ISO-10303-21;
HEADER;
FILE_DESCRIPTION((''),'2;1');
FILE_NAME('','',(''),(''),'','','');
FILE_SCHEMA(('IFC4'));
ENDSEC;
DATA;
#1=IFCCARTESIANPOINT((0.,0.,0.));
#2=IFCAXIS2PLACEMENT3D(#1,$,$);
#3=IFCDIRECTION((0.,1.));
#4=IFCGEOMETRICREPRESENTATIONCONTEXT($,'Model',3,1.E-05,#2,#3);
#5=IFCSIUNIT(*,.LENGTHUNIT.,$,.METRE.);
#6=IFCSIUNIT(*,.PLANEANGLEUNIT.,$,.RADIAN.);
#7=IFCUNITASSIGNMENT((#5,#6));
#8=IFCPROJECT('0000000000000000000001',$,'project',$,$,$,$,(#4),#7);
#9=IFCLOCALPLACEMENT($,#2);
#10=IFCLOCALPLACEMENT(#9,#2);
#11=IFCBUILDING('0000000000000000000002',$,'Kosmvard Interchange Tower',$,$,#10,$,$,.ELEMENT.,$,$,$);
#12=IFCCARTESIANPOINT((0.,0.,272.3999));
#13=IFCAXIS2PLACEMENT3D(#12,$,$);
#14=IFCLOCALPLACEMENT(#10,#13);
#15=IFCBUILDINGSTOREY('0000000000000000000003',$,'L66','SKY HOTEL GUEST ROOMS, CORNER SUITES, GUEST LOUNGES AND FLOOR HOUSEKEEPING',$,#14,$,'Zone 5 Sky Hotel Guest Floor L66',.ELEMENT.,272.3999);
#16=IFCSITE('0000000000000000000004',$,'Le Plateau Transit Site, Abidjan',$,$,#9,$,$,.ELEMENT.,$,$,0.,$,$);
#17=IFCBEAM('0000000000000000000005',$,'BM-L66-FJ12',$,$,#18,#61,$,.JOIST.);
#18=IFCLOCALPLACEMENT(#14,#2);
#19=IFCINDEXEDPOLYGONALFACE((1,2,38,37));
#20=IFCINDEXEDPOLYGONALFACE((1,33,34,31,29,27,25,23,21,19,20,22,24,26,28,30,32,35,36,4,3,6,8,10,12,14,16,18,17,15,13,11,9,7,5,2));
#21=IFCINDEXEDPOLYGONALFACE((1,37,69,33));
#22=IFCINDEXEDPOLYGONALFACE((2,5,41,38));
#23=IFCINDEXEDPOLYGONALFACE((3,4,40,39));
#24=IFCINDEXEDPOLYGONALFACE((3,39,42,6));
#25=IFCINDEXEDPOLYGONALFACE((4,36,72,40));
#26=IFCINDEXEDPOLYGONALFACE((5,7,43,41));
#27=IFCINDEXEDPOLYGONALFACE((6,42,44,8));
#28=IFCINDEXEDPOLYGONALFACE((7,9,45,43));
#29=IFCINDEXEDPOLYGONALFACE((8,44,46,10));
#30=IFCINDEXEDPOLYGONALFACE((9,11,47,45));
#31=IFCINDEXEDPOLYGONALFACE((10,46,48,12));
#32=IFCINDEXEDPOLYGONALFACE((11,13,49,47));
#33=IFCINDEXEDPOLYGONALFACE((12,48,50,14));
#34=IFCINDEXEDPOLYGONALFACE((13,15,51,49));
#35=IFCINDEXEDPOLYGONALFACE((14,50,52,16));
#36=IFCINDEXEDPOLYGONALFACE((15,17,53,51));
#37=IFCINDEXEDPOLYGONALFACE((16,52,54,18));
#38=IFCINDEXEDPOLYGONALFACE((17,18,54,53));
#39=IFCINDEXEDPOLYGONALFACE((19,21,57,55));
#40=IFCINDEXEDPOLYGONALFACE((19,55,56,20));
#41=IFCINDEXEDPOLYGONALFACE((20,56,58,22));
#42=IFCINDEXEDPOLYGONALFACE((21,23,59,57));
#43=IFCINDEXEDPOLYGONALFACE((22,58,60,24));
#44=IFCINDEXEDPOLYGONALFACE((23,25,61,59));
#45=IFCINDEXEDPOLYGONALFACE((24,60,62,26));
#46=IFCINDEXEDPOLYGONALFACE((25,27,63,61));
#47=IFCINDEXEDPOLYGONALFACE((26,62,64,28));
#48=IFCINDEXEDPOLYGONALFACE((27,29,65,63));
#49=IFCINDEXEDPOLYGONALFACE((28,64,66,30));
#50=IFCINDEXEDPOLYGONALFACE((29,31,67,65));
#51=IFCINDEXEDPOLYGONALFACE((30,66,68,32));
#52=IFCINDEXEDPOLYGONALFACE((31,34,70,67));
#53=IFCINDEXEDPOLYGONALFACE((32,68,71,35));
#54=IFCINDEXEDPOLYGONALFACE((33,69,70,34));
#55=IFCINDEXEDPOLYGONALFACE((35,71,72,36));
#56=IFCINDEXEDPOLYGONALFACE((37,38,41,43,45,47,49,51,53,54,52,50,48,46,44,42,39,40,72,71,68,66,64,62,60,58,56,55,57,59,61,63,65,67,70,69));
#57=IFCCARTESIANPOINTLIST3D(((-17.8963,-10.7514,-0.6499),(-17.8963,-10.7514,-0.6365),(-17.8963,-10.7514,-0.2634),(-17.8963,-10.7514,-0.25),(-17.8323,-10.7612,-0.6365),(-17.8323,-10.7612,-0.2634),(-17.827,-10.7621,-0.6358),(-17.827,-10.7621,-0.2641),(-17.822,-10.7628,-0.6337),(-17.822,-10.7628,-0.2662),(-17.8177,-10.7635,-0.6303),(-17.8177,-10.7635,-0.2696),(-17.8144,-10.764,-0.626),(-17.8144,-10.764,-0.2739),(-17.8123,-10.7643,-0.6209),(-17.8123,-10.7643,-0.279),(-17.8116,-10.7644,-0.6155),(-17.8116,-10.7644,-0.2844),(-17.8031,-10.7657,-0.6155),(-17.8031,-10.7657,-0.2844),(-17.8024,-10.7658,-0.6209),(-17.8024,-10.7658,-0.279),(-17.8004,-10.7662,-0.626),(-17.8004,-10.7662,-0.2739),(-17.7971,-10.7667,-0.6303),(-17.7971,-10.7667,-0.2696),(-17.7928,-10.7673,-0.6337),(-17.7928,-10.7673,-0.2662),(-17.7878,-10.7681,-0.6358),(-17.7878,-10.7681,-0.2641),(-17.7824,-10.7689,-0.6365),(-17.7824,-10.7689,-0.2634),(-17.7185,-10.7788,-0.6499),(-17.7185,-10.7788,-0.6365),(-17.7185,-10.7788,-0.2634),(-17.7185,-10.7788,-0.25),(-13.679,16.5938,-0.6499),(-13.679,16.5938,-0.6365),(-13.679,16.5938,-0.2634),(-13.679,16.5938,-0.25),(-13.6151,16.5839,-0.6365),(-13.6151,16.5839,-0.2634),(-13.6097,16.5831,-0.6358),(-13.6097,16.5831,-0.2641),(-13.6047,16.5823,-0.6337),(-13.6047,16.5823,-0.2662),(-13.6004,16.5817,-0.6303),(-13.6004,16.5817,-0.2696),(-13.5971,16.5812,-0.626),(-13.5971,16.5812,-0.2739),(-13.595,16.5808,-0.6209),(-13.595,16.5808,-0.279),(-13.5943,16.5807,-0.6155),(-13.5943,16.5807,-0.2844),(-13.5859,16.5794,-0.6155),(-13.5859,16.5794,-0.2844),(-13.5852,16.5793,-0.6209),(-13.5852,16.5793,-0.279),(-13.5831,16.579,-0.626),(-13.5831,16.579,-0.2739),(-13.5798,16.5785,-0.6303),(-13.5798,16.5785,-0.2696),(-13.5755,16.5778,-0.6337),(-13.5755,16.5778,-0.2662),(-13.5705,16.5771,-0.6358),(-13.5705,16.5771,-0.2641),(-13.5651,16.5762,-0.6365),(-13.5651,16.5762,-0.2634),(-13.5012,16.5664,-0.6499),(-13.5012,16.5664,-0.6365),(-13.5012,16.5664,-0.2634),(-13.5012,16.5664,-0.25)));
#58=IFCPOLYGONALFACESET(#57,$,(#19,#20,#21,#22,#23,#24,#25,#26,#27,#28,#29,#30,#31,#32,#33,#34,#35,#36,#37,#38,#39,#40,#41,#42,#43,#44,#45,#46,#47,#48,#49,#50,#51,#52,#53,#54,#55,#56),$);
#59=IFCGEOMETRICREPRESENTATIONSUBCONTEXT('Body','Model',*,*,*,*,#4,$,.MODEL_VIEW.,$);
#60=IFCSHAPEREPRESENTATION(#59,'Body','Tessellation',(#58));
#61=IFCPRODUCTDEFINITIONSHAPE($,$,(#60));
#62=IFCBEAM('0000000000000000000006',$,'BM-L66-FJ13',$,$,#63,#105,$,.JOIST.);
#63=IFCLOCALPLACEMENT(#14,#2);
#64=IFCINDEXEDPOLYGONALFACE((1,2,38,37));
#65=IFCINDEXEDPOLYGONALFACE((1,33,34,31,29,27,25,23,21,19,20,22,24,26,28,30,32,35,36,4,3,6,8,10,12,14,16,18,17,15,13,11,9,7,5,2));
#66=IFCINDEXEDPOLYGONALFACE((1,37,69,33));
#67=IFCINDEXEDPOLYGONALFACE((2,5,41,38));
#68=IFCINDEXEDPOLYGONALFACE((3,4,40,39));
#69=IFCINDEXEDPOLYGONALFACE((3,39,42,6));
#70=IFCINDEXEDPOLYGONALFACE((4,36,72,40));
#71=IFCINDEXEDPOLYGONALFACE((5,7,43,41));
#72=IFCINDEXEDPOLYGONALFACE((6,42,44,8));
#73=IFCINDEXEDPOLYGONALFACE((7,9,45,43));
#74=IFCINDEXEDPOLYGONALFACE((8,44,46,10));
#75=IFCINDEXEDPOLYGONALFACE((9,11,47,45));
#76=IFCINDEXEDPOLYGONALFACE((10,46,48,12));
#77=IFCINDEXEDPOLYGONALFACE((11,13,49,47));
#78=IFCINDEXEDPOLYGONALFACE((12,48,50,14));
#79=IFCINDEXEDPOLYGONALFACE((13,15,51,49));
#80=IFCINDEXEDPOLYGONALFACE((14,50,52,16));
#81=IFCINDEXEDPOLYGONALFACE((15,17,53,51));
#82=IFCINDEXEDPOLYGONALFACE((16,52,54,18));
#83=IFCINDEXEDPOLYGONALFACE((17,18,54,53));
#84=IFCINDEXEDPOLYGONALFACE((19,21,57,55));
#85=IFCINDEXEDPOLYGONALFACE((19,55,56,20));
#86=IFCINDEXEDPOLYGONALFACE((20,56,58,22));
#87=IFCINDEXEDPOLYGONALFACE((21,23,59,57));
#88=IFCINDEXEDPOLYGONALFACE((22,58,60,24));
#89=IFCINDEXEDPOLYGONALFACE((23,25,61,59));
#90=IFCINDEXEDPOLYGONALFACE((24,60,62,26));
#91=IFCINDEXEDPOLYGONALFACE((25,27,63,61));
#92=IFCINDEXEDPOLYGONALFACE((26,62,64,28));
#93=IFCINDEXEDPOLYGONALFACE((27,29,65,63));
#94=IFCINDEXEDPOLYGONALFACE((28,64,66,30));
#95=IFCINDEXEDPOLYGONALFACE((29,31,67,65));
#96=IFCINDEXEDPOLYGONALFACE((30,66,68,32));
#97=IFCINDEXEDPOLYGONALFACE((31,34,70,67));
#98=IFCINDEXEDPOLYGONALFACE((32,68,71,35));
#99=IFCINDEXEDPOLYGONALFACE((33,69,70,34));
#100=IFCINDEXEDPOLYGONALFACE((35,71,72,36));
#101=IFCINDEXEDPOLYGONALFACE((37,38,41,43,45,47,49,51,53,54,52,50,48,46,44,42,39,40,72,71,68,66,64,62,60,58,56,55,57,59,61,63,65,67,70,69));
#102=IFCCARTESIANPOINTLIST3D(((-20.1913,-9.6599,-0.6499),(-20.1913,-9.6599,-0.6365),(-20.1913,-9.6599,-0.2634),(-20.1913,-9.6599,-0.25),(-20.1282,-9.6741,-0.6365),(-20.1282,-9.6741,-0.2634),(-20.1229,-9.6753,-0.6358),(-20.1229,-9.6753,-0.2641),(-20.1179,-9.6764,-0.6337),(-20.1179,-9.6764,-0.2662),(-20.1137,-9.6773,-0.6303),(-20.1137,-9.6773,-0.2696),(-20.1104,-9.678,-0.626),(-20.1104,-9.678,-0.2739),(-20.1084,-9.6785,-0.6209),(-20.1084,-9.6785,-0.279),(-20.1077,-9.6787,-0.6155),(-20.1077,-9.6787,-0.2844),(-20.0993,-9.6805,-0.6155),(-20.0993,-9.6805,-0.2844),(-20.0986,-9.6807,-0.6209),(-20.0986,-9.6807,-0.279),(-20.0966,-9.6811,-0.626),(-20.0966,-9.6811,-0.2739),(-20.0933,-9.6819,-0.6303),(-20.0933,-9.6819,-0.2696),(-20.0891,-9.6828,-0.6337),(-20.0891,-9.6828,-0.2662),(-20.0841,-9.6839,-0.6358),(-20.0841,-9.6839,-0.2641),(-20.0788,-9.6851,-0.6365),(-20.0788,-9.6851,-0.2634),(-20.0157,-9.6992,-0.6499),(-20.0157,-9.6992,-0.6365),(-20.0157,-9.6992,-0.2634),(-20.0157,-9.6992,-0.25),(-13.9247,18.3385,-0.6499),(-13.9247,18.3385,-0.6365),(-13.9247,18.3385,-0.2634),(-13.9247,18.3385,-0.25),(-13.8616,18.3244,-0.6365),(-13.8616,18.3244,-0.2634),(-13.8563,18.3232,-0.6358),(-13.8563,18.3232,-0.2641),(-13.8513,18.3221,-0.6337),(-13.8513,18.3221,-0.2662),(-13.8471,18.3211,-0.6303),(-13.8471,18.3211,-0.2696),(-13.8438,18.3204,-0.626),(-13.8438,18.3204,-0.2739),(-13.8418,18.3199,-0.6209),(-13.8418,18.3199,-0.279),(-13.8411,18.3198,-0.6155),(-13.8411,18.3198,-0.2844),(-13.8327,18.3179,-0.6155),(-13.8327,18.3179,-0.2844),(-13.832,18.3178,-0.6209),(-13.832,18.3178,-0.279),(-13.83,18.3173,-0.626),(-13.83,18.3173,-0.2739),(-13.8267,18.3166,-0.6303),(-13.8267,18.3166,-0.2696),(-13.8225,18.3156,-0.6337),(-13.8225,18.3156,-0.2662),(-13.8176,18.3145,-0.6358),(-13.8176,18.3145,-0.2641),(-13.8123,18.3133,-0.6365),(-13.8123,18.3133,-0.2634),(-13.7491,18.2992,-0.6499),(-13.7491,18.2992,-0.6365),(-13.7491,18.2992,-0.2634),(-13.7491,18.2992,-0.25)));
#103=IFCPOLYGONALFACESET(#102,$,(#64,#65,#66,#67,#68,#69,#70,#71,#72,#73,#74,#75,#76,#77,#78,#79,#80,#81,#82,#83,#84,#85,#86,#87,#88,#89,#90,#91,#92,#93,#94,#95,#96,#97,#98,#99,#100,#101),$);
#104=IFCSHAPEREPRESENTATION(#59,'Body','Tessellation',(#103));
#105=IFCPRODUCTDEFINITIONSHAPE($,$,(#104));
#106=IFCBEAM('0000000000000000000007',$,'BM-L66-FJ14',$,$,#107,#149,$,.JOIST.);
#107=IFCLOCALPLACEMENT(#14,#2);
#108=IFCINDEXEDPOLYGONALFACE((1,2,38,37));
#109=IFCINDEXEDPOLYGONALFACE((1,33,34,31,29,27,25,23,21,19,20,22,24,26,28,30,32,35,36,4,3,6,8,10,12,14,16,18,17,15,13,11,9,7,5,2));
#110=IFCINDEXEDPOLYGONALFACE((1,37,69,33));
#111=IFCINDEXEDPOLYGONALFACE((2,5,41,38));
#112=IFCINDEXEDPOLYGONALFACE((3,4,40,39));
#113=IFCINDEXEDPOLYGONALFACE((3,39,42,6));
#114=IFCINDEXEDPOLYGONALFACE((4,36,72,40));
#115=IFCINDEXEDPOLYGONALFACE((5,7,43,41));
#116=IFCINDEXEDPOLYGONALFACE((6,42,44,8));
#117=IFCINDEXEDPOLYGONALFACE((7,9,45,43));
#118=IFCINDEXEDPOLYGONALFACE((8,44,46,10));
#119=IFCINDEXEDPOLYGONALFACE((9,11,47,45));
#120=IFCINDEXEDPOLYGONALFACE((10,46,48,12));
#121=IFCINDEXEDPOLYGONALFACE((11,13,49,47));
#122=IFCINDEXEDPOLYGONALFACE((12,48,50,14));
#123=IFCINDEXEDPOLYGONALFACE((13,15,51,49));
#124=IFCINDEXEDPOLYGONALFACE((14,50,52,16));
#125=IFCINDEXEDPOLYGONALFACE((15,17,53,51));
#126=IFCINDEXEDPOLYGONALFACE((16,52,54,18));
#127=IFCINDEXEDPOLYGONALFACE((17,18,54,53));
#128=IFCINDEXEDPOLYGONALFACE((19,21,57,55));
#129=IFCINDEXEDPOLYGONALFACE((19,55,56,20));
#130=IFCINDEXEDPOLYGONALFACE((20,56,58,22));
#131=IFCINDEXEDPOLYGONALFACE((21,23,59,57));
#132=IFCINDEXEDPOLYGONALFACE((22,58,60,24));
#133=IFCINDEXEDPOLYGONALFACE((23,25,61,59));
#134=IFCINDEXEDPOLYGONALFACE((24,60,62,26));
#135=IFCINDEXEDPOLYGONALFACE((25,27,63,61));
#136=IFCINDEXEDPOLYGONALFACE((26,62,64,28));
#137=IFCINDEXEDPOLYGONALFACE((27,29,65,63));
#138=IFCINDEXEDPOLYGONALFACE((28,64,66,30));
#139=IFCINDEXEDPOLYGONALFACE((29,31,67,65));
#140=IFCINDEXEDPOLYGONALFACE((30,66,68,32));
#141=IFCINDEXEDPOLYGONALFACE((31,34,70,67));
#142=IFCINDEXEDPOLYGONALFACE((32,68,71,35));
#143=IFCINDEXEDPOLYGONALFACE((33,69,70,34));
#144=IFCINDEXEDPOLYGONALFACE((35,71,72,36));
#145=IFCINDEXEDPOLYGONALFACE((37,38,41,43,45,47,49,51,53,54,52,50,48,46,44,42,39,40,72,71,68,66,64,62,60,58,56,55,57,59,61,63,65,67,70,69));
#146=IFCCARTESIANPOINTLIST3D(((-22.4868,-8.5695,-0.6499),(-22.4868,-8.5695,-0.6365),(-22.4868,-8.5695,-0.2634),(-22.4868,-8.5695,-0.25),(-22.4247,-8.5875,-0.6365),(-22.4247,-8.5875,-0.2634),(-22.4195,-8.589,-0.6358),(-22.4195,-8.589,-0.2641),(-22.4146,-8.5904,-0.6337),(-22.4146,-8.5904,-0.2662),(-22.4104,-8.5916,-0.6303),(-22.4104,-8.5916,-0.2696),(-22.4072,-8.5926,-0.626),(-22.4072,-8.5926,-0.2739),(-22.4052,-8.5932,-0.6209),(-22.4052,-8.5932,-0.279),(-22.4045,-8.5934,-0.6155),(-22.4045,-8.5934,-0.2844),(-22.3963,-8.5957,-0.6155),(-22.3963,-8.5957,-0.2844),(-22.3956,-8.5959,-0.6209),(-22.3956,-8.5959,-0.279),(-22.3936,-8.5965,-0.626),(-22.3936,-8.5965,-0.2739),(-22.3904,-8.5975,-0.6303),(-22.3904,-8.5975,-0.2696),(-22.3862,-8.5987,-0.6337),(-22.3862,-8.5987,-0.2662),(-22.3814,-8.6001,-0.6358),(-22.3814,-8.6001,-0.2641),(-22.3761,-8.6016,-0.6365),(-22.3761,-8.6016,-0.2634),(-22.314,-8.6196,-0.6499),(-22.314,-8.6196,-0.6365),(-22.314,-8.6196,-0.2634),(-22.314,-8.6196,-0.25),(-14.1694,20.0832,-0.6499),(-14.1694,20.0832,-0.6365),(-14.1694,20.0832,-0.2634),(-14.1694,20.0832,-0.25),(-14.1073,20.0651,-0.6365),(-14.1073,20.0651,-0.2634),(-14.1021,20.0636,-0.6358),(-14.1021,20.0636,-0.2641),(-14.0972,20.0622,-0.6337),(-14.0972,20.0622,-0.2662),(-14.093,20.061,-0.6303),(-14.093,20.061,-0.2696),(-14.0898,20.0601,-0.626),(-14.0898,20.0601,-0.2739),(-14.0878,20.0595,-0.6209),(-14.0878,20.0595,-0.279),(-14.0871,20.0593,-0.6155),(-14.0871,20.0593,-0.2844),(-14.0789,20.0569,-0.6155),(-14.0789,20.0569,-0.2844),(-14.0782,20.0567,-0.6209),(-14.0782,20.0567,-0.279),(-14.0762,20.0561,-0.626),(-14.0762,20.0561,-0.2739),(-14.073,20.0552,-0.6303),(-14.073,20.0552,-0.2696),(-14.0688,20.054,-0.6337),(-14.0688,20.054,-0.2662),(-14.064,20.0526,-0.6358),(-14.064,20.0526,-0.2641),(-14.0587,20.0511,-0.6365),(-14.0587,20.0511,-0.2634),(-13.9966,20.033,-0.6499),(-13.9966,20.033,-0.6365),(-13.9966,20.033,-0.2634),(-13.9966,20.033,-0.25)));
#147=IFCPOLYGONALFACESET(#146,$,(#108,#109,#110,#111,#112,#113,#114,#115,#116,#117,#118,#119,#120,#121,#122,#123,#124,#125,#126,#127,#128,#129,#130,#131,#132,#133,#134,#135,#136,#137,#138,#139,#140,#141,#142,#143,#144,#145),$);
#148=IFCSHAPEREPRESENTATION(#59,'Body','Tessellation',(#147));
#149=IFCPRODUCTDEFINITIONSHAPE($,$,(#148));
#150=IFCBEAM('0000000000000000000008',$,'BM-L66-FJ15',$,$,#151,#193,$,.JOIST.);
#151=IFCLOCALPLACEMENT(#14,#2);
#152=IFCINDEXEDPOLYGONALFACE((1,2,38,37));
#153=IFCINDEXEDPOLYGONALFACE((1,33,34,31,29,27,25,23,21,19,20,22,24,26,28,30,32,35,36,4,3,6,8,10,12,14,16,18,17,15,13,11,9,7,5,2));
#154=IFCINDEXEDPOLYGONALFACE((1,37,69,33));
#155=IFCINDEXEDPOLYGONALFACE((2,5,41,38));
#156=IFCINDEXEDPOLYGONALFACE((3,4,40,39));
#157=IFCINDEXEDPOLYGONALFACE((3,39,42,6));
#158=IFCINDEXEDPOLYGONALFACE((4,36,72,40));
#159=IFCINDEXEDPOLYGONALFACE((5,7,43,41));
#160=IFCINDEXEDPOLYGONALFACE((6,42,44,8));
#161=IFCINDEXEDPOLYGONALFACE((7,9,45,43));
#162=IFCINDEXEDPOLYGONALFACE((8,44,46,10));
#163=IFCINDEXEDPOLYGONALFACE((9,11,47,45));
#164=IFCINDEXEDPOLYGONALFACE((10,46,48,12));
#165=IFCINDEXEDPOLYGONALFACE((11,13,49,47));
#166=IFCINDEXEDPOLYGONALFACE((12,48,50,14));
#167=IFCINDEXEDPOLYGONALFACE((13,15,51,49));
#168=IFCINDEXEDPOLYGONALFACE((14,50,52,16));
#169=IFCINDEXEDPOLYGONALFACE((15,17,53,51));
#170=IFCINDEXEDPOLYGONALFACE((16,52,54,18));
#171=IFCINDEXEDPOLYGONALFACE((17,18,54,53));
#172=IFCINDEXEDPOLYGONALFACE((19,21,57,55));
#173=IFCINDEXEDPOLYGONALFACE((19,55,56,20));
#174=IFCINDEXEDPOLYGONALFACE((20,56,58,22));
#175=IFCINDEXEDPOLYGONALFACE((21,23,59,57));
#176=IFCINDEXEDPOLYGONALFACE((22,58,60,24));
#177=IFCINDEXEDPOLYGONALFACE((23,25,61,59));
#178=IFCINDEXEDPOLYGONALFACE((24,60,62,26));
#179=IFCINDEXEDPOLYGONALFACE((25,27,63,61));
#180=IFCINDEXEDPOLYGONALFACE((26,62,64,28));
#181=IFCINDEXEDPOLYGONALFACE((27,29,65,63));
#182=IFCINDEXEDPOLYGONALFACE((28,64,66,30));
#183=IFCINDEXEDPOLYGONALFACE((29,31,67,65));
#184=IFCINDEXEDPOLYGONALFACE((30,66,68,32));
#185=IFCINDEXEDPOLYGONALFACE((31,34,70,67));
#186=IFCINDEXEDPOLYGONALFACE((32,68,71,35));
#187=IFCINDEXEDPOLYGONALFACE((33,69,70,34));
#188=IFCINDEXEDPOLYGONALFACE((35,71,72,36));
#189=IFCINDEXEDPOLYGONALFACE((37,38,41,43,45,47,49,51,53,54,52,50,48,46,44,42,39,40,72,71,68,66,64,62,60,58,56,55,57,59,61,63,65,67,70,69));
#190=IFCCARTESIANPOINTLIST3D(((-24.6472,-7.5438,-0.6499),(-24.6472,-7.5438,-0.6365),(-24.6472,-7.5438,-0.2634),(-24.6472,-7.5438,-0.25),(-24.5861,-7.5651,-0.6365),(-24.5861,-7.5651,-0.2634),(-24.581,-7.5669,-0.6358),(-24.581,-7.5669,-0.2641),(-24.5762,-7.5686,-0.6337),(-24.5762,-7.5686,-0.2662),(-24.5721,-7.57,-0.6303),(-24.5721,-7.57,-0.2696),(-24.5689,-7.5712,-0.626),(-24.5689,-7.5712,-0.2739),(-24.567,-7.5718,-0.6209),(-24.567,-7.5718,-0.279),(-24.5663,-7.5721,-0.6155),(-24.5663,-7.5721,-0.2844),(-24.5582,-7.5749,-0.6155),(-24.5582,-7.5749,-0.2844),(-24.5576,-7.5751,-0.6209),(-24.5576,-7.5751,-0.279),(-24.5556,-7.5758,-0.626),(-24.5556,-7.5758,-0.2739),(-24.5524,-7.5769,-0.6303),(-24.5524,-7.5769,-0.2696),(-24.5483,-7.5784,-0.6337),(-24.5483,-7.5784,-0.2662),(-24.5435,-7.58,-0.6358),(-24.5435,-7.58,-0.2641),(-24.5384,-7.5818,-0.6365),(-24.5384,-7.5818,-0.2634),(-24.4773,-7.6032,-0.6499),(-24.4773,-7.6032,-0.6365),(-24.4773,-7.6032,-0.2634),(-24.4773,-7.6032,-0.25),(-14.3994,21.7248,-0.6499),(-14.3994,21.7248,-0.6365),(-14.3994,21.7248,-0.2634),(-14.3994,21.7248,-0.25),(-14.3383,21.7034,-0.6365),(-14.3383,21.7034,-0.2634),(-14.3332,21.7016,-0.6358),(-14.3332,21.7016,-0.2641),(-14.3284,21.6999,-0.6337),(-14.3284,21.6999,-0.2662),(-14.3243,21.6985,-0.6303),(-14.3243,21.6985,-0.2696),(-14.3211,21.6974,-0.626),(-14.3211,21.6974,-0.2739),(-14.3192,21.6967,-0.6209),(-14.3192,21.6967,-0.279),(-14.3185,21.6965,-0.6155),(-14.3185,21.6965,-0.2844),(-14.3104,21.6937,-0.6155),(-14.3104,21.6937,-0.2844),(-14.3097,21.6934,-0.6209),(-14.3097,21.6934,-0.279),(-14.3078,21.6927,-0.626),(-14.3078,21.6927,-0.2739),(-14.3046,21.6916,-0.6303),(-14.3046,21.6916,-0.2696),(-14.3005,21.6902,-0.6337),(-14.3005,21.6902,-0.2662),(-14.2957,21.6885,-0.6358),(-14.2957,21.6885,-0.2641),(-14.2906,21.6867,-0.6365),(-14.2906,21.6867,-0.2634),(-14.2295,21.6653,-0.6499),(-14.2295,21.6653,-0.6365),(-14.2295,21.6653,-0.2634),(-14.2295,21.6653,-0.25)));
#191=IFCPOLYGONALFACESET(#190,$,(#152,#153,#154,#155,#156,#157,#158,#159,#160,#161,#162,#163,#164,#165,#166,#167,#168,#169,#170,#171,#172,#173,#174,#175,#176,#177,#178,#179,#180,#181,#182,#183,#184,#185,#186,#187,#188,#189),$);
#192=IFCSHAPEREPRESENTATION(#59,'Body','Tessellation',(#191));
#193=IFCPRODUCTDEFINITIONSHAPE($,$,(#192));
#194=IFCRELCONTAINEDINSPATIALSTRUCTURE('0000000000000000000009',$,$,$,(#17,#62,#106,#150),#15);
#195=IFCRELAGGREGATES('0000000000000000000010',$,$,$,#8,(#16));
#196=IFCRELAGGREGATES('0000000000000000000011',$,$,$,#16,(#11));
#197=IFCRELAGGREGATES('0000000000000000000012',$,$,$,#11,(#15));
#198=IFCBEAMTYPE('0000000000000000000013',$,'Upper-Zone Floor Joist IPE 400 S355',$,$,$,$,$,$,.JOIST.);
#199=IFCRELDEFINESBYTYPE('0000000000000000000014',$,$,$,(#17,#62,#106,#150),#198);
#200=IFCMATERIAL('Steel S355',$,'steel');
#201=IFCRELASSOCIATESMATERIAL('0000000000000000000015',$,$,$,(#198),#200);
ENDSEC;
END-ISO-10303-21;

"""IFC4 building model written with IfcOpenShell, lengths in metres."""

from ifc_helpers import new_model, si_unit, direction, frame, origin, origin_2d, place, context, subcontext, project, spatial, i_section, extrude, source, transform, mapped, material, material_profile, profile_set, type_object, element, save


model = new_model("IFC4")

# Units and contexts
model_context = context("Model", 3, precision=1e-05, world=origin(), true_north=direction((0.0, 1.0)))
body_context = subcontext(model_context, "Body", "Model", "MODEL_VIEW")
ifc_project = project(units=[si_unit("LENGTHUNIT", "METRE"), si_unit("PLANEANGLEUNIT", "RADIAN")], contexts=[model_context])

# Site, building, storey
site_placement = place(None, origin())
site = spatial("IfcSite", under=ifc_project, at=site_placement, Name="Le Plateau Transit Site, Abidjan", CompositionType="ELEMENT", RefElevation=0.0)
building_placement = place(site_placement, origin())
building = spatial("IfcBuilding", under=site, at=building_placement, Name="Kosmvard Interchange Tower", CompositionType="ELEMENT")
storey_placement = place(building_placement, frame((0.0, 0.0, 272.3999)))
storey = spatial("IfcBuildingStorey", under=building, at=storey_placement, Name="L66", Description="SKY HOTEL GUEST ROOMS, CORNER SUITES, GUEST LOUNGES AND FLOOR HOUSEKEEPING", LongName="Zone 5 Sky Hotel Guest Floor L66", CompositionType="ELEMENT", Elevation=272.3999)

# Beams
ifc_material_1 = material(Name="Steel S355", Category="steel")
ifc_material_profile_1 = material_profile(ifc_material_1, i_section(OverallWidth=0.1799, OverallDepth=0.3999, WebThickness=0.0085, FlangeThickness=0.0134, FilletRadius=0.021, at=origin_2d()), Name="IPE 400")
ifc_profile_set_1 = profile_set([ifc_material_profile_1], Name="Steel S355")
beam_type_1 = type_object("IfcBeamType", Name="Upper-Zone Floor Joist IPE 400 S355", PredefinedType="JOIST", material=ifc_profile_set_1)
shared_shape_1 = source(origin(), body_context, "Body", "SweptSolid", [
    extrude(i_section(OverallWidth=0.1799, OverallDepth=0.3999, WebThickness=0.0085, FlangeThickness=0.0134, FilletRadius=0.021, at=origin_2d()), origin(), (0.0, 0.0, 1.0), 27.6685),
])
beam_1_placement = place(storey_placement, frame((-13.5901, 16.5801, -0.45), z_axis=(-0.152422, -0.988316, 0.0), x_axis=(0.988316, -0.152422, 0.0)))
element("IfcBeam", 1, at=beam_1_placement, inside=storey, type_object=beam_type_1, Name="BM-L66-FJ12", PredefinedType="JOIST", context=body_context, shape_type="MappedRepresentation", body=[
    mapped(shared_shape_1, transform((0.0, 0.0, 0.0), scale=1.0)),
])
shared_shape_2 = source(origin(), body_context, "Body", "SweptSolid", [
    extrude(i_section(OverallWidth=0.1799, OverallDepth=0.3999, WebThickness=0.0085, FlangeThickness=0.0134, FilletRadius=0.021, at=origin_2d()), origin(), (0.0, 0.0, 1.0), 28.6912),
])
beam_2_placement = place(storey_placement, frame((-13.8369, 18.3188, -0.45), z_axis=(-0.218415, -0.975856, 0.0), x_axis=(0.975856, -0.218415, 0.0)))
element("IfcBeam", 2, at=beam_2_placement, inside=storey, type_object=beam_type_1, Name="BM-L66-FJ13", PredefinedType="JOIST", context=body_context, shape_type="MappedRepresentation", body=[
    mapped(shared_shape_2, transform((0.0, 0.0, 0.0), scale=1.0)),
])
shared_shape_3 = source(origin(), body_context, "Body", "SweptSolid", [
    extrude(i_section(OverallWidth=0.1799, OverallDepth=0.3999, WebThickness=0.0085, FlangeThickness=0.0134, FilletRadius=0.021, at=origin_2d()), origin(), (0.0, 0.0, 1.0), 29.8354),
])
beam_3_placement = place(storey_placement, frame((-14.083, 20.0581, -0.45), z_axis=(-0.278776, -0.960356, 0.0), x_axis=(0.960356, -0.278776, 0.0)))
element("IfcBeam", 3, at=beam_3_placement, inside=storey, type_object=beam_type_1, Name="BM-L66-FJ14", PredefinedType="JOIST", context=body_context, shape_type="MappedRepresentation", body=[
    mapped(shared_shape_3, transform((0.0, 0.0, 0.0), scale=1.0)),
])
shared_shape_4 = source(origin(), body_context, "Body", "SweptSolid", [
    extrude(i_section(OverallWidth=0.1799, OverallDepth=0.3999, WebThickness=0.0085, FlangeThickness=0.0134, FilletRadius=0.021, at=origin_2d()), origin(), (0.0, 0.0, 1.0), 31.0107),
])
beam_4_placement = place(storey_placement, frame((-14.3145, 21.6951, -0.45), z_axis=(-0.33046, -0.94382, 0.0), x_axis=(0.94382, -0.33046, 0.0)))
element("IfcBeam", 4, at=beam_4_placement, inside=storey, type_object=beam_type_1, Name="BM-L66-FJ15", PredefinedType="JOIST", context=body_context, shape_type="MappedRepresentation", body=[
    mapped(shared_shape_4, transform((0.0, 0.0, 0.0), scale=1.0)),
])

save(model, "model.ifc")
